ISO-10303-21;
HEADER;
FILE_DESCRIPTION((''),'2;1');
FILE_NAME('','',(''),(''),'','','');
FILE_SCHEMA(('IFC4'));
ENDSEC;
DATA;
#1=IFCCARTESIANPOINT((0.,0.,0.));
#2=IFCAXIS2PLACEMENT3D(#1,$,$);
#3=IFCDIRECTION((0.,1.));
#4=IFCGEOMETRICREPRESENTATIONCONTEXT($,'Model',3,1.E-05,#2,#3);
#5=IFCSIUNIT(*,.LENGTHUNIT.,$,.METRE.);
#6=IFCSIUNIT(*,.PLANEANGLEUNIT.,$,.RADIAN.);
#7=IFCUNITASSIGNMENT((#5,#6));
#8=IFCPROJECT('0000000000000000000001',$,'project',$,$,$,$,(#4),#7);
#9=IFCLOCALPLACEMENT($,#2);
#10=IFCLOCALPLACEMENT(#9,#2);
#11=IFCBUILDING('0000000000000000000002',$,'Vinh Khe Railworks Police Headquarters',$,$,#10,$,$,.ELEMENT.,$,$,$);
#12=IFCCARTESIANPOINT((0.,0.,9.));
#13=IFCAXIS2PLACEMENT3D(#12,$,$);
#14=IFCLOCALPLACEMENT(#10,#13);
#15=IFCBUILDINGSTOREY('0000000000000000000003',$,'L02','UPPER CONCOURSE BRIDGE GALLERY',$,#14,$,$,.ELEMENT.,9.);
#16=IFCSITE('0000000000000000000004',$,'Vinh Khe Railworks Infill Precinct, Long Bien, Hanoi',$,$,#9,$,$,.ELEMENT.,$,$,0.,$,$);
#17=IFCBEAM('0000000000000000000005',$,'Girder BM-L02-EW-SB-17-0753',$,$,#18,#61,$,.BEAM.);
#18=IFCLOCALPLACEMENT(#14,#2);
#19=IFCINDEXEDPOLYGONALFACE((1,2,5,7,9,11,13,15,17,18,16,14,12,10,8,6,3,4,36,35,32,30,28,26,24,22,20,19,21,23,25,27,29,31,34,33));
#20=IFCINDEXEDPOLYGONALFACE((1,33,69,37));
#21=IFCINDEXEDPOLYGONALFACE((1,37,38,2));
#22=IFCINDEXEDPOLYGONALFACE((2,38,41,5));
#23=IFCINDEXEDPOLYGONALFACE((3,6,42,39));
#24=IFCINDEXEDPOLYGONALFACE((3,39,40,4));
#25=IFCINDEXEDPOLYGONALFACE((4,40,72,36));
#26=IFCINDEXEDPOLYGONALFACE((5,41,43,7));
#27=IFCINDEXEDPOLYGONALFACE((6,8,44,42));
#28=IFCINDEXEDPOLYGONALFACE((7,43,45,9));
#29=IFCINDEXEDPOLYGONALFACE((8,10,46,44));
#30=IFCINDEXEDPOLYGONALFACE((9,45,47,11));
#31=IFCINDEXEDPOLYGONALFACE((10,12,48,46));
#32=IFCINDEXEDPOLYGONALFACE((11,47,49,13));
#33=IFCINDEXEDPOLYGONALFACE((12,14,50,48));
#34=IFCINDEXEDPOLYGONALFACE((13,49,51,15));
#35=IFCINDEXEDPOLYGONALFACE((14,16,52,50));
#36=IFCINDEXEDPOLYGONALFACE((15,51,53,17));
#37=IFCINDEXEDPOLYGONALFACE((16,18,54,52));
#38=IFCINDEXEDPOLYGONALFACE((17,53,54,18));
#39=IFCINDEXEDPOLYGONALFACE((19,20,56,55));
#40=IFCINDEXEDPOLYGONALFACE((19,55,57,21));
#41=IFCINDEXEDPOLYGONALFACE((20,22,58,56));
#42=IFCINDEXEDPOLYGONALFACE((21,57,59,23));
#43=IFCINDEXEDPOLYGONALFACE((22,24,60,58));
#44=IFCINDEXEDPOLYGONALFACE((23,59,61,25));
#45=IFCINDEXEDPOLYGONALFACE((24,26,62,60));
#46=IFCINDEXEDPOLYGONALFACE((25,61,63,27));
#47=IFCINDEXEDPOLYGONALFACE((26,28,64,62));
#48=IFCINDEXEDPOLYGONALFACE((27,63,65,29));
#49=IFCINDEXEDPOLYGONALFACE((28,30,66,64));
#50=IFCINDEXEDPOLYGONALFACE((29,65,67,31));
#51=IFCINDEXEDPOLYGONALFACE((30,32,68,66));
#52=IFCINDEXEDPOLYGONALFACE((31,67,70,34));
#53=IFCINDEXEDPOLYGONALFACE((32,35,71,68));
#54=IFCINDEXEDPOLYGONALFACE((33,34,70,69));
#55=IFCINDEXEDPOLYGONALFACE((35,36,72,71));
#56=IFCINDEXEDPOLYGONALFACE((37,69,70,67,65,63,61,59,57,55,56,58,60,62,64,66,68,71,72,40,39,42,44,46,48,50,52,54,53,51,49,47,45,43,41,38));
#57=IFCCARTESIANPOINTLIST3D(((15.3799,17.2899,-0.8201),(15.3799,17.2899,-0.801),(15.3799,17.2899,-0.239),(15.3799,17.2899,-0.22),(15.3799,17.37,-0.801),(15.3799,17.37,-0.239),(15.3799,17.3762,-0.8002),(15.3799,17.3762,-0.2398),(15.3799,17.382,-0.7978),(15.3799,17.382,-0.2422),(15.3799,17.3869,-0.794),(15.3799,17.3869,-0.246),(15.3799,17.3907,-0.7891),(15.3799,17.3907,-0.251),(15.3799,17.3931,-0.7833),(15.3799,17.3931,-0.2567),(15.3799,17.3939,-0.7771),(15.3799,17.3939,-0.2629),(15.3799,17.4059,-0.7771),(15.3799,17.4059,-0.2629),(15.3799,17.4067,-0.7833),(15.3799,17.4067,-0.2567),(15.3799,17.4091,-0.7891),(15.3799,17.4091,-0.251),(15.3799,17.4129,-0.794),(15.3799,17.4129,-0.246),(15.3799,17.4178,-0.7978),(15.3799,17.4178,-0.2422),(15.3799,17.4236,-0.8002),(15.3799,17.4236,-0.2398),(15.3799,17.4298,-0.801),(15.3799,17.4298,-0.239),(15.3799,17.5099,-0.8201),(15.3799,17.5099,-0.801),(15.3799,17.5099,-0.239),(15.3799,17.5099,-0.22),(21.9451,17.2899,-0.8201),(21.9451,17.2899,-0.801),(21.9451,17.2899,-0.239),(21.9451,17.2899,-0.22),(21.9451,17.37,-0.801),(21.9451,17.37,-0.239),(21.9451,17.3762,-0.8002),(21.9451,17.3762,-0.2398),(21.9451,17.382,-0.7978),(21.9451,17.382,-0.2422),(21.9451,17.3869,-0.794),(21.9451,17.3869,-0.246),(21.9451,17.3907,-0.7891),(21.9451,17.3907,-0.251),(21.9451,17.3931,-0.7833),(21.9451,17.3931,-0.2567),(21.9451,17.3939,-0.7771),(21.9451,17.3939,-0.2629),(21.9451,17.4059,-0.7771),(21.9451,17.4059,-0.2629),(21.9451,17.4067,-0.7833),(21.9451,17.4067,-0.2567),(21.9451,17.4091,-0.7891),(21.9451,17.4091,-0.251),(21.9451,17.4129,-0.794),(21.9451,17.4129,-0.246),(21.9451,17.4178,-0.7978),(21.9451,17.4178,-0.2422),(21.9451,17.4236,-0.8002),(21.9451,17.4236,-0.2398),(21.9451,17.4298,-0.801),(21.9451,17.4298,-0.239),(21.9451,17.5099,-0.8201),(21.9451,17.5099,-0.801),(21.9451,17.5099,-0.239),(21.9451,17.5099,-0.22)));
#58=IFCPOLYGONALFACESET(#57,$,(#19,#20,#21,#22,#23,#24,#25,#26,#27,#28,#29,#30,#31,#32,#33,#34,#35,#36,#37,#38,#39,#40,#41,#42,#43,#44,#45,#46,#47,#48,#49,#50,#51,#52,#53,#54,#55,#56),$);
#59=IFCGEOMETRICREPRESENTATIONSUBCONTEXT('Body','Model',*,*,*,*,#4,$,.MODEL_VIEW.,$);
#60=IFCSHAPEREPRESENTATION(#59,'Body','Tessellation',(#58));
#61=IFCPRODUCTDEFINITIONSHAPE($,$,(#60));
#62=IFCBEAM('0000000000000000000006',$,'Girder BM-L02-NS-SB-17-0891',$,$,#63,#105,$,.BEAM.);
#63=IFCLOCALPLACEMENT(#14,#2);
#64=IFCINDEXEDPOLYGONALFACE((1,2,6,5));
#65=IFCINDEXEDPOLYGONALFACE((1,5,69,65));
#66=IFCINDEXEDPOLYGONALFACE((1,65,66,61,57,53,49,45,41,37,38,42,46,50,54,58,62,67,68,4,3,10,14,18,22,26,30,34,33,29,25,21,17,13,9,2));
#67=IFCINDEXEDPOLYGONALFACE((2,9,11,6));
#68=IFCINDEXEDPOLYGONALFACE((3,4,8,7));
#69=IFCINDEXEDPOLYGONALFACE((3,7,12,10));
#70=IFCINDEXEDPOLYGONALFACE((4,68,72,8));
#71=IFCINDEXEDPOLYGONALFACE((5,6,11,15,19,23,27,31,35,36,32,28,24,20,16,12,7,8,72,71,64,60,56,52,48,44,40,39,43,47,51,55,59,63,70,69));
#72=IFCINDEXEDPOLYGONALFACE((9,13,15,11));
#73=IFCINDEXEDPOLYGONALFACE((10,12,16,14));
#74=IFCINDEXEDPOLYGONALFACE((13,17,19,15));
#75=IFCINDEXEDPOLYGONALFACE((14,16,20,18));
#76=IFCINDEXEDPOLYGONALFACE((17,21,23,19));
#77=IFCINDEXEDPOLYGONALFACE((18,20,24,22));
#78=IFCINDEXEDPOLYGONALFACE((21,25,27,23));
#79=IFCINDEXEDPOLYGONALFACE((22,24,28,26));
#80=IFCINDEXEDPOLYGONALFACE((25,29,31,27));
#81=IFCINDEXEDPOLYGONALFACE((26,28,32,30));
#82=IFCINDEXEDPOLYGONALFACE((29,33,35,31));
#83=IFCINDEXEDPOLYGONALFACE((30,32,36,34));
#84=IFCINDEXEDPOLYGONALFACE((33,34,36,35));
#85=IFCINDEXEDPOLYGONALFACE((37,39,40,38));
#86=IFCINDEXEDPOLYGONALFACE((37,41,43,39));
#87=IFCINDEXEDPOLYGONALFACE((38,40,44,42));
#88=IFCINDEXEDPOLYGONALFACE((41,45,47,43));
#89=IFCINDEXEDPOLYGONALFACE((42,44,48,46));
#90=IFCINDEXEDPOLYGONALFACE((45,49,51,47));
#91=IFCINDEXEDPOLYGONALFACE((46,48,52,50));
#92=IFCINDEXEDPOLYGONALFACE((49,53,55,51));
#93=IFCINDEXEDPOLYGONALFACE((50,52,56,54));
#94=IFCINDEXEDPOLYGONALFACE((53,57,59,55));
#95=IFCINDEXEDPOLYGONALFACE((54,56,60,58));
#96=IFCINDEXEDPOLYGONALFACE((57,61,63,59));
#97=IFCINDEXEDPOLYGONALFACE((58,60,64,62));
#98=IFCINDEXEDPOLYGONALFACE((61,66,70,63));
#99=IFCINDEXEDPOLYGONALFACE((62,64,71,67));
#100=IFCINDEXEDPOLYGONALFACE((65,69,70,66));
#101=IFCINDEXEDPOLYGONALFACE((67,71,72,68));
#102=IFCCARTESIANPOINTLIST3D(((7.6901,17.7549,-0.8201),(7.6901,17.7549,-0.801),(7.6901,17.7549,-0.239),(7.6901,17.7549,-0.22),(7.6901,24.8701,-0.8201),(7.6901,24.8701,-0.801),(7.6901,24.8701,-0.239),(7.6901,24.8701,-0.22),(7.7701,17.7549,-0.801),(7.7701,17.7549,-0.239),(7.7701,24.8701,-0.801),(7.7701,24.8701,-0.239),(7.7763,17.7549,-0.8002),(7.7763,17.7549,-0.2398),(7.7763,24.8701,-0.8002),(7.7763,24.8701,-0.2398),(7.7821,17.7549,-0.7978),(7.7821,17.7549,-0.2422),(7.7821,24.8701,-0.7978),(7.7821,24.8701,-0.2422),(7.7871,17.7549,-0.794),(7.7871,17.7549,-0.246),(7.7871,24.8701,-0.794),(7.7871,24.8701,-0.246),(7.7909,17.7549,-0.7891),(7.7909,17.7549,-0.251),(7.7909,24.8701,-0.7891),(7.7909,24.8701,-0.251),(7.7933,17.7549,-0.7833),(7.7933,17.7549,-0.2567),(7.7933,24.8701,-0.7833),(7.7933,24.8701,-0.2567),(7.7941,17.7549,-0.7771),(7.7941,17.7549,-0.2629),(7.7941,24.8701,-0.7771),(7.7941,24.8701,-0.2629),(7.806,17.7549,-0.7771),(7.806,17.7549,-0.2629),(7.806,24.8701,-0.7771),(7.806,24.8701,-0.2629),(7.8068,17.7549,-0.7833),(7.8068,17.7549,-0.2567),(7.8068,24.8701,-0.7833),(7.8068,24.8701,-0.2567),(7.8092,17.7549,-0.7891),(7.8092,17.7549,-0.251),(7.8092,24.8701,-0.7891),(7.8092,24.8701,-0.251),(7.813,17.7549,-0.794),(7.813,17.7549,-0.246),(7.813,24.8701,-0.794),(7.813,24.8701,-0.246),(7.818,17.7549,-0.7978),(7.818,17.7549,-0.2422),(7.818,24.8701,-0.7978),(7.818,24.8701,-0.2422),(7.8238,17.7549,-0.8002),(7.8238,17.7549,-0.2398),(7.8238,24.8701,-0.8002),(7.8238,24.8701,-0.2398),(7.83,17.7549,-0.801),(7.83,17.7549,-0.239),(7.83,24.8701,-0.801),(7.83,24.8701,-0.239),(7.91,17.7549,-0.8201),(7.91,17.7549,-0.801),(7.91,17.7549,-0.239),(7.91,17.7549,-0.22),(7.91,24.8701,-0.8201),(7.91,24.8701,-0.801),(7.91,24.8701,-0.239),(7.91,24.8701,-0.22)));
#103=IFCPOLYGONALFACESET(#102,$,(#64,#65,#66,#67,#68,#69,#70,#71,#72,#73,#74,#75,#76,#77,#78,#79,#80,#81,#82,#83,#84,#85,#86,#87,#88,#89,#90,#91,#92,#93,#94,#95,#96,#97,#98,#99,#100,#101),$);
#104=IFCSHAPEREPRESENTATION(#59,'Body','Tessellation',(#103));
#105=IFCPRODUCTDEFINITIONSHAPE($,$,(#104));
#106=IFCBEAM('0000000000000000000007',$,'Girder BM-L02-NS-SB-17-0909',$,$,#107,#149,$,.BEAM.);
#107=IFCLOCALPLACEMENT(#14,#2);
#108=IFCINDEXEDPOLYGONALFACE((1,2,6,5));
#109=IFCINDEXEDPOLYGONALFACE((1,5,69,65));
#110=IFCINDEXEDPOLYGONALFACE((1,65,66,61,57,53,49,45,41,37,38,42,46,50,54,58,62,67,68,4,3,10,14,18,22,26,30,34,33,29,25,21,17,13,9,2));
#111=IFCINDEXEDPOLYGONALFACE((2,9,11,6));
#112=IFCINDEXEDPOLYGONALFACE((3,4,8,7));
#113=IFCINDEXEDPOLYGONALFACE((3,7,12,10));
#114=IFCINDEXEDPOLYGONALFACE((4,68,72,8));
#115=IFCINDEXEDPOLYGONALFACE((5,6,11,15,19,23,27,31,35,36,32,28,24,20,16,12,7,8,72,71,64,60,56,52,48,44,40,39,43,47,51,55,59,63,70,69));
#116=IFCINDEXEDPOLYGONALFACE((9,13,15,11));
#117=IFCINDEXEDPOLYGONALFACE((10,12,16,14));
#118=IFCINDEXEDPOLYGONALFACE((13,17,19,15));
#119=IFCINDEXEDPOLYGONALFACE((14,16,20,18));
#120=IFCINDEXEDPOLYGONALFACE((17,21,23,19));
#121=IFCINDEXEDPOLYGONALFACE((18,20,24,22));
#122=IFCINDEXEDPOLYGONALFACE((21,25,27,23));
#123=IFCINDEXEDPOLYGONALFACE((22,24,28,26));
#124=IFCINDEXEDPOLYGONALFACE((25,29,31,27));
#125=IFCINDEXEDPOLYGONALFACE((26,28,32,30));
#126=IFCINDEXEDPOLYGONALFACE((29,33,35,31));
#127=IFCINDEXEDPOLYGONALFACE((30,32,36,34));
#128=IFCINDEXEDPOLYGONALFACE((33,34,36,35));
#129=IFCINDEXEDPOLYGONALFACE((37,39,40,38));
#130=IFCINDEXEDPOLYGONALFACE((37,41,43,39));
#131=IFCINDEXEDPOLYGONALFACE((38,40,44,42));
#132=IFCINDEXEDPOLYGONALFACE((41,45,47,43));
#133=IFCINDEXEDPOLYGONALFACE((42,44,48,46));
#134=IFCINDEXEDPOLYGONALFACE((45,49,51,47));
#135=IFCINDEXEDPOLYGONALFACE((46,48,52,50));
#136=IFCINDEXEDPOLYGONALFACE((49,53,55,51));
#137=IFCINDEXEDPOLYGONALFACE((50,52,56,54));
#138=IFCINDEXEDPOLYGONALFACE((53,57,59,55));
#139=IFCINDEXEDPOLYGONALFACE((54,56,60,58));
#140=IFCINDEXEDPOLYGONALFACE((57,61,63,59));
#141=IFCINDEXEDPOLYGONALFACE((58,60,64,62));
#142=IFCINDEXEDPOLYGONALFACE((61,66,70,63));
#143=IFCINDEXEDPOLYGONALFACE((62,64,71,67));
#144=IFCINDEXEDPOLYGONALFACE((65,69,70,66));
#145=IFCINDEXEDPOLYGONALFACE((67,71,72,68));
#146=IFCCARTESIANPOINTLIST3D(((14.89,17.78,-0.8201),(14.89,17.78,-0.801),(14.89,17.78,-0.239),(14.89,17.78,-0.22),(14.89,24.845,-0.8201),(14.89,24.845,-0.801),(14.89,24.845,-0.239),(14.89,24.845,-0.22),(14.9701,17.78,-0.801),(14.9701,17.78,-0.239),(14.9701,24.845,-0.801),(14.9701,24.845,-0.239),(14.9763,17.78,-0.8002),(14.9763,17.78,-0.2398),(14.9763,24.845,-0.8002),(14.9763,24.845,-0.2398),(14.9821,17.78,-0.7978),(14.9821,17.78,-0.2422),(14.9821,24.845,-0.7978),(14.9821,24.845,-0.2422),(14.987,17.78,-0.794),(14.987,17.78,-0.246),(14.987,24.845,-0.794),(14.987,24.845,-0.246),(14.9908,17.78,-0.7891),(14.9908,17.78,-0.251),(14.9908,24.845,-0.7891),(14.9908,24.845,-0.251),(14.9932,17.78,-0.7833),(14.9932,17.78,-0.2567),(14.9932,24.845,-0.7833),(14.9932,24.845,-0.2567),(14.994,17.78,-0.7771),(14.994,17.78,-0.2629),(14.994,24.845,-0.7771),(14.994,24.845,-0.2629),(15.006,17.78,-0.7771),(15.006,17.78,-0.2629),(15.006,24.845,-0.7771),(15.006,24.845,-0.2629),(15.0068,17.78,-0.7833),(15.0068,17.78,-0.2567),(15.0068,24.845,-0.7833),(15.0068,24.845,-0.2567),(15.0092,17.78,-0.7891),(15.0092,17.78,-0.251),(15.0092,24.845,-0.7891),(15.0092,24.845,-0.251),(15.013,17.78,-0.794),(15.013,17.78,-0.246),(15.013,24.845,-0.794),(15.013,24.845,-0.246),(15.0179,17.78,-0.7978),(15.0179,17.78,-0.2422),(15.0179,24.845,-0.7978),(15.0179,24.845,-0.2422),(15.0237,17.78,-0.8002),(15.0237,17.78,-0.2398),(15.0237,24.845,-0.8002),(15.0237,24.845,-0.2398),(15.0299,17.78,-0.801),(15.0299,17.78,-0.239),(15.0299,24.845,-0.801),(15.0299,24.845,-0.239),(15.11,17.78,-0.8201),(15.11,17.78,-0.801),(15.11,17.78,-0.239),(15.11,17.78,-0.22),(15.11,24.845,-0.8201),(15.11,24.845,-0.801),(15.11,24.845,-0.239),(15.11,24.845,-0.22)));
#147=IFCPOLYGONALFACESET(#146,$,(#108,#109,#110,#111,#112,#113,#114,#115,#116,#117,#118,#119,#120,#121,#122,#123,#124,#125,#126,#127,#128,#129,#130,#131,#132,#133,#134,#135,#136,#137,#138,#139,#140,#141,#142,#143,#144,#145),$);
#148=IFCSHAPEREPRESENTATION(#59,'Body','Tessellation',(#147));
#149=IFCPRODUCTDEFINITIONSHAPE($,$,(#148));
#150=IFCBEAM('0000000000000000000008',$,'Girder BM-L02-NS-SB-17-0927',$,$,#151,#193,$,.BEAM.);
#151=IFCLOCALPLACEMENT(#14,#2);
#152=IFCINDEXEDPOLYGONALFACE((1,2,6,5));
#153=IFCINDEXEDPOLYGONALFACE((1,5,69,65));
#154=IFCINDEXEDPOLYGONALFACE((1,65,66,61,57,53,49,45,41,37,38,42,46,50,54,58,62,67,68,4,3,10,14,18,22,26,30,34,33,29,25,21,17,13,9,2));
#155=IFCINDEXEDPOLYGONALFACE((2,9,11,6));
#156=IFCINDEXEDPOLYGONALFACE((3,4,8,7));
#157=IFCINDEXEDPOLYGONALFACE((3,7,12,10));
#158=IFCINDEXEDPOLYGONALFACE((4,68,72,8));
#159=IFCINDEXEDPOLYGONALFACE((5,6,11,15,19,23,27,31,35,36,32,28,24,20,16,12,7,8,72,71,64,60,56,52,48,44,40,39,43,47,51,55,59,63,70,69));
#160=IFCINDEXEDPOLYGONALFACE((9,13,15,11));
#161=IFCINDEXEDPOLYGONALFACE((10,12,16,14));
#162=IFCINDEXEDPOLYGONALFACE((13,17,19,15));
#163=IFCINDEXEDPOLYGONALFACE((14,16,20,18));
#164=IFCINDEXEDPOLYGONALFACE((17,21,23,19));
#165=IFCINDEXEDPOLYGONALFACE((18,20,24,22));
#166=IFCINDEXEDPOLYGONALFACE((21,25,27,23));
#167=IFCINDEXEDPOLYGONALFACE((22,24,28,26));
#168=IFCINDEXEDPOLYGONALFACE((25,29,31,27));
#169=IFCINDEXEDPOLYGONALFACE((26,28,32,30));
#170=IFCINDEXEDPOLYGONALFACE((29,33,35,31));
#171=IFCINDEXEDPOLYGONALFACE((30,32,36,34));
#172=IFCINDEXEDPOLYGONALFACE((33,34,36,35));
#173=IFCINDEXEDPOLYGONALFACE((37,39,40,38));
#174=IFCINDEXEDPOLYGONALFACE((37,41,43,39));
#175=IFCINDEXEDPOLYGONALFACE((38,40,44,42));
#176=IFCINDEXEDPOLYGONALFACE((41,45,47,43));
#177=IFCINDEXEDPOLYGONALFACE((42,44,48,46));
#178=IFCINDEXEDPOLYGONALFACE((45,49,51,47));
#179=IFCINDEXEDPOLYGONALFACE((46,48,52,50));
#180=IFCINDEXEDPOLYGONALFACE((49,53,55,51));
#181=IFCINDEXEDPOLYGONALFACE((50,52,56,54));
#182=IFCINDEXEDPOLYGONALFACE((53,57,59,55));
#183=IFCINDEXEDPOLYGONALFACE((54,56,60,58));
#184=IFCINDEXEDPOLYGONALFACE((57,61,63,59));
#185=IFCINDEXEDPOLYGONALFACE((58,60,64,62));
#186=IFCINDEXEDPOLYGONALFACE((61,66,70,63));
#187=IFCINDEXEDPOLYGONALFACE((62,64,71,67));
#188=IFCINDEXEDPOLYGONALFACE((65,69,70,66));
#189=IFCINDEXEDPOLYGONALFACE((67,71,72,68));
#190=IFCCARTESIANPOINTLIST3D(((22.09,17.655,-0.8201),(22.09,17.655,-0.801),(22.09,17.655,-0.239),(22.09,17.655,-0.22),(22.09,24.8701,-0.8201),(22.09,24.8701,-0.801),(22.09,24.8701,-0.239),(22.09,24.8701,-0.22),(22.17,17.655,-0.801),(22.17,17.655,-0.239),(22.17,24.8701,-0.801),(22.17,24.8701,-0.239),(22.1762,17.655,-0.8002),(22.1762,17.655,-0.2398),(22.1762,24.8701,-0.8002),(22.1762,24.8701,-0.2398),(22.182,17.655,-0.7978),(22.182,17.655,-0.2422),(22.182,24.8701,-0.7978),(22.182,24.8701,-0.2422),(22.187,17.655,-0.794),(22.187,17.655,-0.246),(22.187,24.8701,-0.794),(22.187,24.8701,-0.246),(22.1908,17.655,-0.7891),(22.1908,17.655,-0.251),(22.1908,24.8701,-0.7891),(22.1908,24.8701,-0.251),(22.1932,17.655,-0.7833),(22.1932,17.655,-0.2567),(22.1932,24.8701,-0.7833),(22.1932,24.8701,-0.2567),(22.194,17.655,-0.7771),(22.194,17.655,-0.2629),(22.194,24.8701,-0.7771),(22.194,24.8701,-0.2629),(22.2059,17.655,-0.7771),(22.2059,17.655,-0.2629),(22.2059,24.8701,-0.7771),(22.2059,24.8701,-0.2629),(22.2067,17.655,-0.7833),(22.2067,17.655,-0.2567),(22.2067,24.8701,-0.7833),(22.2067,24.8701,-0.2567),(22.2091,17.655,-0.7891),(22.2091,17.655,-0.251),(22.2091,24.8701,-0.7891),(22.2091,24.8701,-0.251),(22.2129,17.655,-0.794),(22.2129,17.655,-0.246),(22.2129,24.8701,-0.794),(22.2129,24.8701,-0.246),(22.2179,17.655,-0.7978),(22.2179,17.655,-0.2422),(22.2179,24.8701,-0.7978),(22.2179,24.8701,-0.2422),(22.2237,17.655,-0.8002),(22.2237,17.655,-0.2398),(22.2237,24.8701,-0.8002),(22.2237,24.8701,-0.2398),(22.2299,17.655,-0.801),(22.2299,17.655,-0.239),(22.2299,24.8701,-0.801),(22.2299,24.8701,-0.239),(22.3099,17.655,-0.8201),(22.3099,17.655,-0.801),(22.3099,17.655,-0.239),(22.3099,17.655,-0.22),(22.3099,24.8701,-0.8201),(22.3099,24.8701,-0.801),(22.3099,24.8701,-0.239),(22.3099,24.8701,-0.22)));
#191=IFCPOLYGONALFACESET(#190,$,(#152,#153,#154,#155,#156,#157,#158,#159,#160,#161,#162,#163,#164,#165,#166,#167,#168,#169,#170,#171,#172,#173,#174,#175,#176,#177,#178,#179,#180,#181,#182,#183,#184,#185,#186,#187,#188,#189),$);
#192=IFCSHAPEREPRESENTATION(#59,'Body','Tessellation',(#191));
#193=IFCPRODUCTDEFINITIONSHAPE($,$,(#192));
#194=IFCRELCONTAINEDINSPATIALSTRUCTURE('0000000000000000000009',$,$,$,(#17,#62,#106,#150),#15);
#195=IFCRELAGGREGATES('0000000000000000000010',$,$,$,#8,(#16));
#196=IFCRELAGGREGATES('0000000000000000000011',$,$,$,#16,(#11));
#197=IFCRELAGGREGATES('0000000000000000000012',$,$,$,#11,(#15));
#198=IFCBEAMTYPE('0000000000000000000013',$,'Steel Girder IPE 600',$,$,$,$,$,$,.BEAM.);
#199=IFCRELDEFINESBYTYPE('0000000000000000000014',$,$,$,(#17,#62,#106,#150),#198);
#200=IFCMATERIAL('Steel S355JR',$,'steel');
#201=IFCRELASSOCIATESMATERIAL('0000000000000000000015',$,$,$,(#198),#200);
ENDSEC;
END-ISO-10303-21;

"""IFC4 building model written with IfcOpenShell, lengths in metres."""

from ifc_helpers import new_model, si_unit, direction, frame, origin, origin_2d, place, context, subcontext, project, spatial, i_section, extrude, material, material_profile, profile_set, type_object, element, save


model = new_model("IFC4")

# Units and contexts
model_context = context("Model", 3, precision=1e-05, world=origin(), true_north=direction((0.0, 1.0)))
body_context = subcontext(model_context, "Body", "Model", "MODEL_VIEW")
ifc_project = project(units=[si_unit("LENGTHUNIT", "METRE"), si_unit("PLANEANGLEUNIT", "RADIAN")], contexts=[model_context])

# Site, building, storey
site_placement = place(None, origin())
site = spatial("IfcSite", under=ifc_project, at=site_placement, Name="Vinh Khe Railworks Infill Precinct, Long Bien, Hanoi", CompositionType="ELEMENT", RefElevation=0.0)
building_placement = place(site_placement, origin())
building = spatial("IfcBuilding", under=site, at=building_placement, Name="Vinh Khe Railworks Police Headquarters", CompositionType="ELEMENT")
storey_placement = place(building_placement, frame((0.0, 0.0, 9.0)))
storey = spatial("IfcBuildingStorey", under=building, at=storey_placement, Name="L02", Description="UPPER CONCOURSE BRIDGE GALLERY", CompositionType="ELEMENT", Elevation=9.0)

# Shared definitions
ifc_material_1 = material(Name="Steel S355JR", Category="steel")

# Beams
ifc_material_profile_1 = material_profile(ifc_material_1, i_section(OverallWidth=0.22, OverallDepth=0.6001, WebThickness=0.012, FlangeThickness=0.019, FilletRadius=0.0239, at=origin_2d()), Name="IPE 600")
ifc_profile_set_1 = profile_set([ifc_material_profile_1], Name="Steel S355JR")
beam_type_1 = type_object("IfcBeamType", Name="Steel Girder IPE 600", PredefinedType="BEAM", material=ifc_profile_set_1)
beam_1_placement = place(storey_placement, frame((15.3799, 17.3999, -0.52), z_axis=(1.0, 0.0, 0.0), x_axis=(0.0, 1.0, 0.0)))
element("IfcBeam", 1, at=beam_1_placement, inside=storey, type_object=beam_type_1, Name="Girder BM-L02-EW-SB-17-0753", PredefinedType="BEAM", context=body_context, shape_type="SweptSolid", body=[
    extrude(i_section(OverallWidth=0.22, OverallDepth=0.6001, WebThickness=0.012, FlangeThickness=0.019, FilletRadius=0.0239, at=origin_2d()), origin(), (0.0, 0.0, 1.0), 6.5652),
])
beam_2_placement = place(storey_placement, frame((7.8, 17.7549, -0.52), z_axis=(0.0, 1.0, 0.0), x_axis=(-1.0, 0.0, 0.0)))
element("IfcBeam", 2, at=beam_2_placement, inside=storey, type_object=beam_type_1, Name="Girder BM-L02-NS-SB-17-0891", PredefinedType="BEAM", context=body_context, shape_type="SweptSolid", body=[
    extrude(i_section(OverallWidth=0.22, OverallDepth=0.6001, WebThickness=0.012, FlangeThickness=0.019, FilletRadius=0.0239, at=origin_2d()), origin(), (0.0, 0.0, 1.0), 7.1152),
])
beam_3_placement = place(storey_placement, frame((15.0, 17.78, -0.52), z_axis=(0.0, 1.0, 0.0), x_axis=(-1.0, 0.0, 0.0)))
element("IfcBeam", 3, at=beam_3_placement, inside=storey, type_object=beam_type_1, Name="Girder BM-L02-NS-SB-17-0909", PredefinedType="BEAM", context=body_context, shape_type="SweptSolid", body=[
    extrude(i_section(OverallWidth=0.22, OverallDepth=0.6001, WebThickness=0.012, FlangeThickness=0.019, FilletRadius=0.0239, at=origin_2d()), origin(), (0.0, 0.0, 1.0), 7.0649),
])
beam_4_placement = place(storey_placement, frame((22.2, 17.655, -0.52), z_axis=(0.0, 1.0, 0.0), x_axis=(-1.0, 0.0, 0.0)))
element("IfcBeam", 4, at=beam_4_placement, inside=storey, type_object=beam_type_1, Name="Girder BM-L02-NS-SB-17-0927", PredefinedType="BEAM", context=body_context, shape_type="SweptSolid", body=[
    extrude(i_section(OverallWidth=0.22, OverallDepth=0.6001, WebThickness=0.012, FlangeThickness=0.019, FilletRadius=0.0239, at=origin_2d()), origin(), (0.0, 0.0, 1.0), 7.2151),
])

save(model, "model.ifc")
